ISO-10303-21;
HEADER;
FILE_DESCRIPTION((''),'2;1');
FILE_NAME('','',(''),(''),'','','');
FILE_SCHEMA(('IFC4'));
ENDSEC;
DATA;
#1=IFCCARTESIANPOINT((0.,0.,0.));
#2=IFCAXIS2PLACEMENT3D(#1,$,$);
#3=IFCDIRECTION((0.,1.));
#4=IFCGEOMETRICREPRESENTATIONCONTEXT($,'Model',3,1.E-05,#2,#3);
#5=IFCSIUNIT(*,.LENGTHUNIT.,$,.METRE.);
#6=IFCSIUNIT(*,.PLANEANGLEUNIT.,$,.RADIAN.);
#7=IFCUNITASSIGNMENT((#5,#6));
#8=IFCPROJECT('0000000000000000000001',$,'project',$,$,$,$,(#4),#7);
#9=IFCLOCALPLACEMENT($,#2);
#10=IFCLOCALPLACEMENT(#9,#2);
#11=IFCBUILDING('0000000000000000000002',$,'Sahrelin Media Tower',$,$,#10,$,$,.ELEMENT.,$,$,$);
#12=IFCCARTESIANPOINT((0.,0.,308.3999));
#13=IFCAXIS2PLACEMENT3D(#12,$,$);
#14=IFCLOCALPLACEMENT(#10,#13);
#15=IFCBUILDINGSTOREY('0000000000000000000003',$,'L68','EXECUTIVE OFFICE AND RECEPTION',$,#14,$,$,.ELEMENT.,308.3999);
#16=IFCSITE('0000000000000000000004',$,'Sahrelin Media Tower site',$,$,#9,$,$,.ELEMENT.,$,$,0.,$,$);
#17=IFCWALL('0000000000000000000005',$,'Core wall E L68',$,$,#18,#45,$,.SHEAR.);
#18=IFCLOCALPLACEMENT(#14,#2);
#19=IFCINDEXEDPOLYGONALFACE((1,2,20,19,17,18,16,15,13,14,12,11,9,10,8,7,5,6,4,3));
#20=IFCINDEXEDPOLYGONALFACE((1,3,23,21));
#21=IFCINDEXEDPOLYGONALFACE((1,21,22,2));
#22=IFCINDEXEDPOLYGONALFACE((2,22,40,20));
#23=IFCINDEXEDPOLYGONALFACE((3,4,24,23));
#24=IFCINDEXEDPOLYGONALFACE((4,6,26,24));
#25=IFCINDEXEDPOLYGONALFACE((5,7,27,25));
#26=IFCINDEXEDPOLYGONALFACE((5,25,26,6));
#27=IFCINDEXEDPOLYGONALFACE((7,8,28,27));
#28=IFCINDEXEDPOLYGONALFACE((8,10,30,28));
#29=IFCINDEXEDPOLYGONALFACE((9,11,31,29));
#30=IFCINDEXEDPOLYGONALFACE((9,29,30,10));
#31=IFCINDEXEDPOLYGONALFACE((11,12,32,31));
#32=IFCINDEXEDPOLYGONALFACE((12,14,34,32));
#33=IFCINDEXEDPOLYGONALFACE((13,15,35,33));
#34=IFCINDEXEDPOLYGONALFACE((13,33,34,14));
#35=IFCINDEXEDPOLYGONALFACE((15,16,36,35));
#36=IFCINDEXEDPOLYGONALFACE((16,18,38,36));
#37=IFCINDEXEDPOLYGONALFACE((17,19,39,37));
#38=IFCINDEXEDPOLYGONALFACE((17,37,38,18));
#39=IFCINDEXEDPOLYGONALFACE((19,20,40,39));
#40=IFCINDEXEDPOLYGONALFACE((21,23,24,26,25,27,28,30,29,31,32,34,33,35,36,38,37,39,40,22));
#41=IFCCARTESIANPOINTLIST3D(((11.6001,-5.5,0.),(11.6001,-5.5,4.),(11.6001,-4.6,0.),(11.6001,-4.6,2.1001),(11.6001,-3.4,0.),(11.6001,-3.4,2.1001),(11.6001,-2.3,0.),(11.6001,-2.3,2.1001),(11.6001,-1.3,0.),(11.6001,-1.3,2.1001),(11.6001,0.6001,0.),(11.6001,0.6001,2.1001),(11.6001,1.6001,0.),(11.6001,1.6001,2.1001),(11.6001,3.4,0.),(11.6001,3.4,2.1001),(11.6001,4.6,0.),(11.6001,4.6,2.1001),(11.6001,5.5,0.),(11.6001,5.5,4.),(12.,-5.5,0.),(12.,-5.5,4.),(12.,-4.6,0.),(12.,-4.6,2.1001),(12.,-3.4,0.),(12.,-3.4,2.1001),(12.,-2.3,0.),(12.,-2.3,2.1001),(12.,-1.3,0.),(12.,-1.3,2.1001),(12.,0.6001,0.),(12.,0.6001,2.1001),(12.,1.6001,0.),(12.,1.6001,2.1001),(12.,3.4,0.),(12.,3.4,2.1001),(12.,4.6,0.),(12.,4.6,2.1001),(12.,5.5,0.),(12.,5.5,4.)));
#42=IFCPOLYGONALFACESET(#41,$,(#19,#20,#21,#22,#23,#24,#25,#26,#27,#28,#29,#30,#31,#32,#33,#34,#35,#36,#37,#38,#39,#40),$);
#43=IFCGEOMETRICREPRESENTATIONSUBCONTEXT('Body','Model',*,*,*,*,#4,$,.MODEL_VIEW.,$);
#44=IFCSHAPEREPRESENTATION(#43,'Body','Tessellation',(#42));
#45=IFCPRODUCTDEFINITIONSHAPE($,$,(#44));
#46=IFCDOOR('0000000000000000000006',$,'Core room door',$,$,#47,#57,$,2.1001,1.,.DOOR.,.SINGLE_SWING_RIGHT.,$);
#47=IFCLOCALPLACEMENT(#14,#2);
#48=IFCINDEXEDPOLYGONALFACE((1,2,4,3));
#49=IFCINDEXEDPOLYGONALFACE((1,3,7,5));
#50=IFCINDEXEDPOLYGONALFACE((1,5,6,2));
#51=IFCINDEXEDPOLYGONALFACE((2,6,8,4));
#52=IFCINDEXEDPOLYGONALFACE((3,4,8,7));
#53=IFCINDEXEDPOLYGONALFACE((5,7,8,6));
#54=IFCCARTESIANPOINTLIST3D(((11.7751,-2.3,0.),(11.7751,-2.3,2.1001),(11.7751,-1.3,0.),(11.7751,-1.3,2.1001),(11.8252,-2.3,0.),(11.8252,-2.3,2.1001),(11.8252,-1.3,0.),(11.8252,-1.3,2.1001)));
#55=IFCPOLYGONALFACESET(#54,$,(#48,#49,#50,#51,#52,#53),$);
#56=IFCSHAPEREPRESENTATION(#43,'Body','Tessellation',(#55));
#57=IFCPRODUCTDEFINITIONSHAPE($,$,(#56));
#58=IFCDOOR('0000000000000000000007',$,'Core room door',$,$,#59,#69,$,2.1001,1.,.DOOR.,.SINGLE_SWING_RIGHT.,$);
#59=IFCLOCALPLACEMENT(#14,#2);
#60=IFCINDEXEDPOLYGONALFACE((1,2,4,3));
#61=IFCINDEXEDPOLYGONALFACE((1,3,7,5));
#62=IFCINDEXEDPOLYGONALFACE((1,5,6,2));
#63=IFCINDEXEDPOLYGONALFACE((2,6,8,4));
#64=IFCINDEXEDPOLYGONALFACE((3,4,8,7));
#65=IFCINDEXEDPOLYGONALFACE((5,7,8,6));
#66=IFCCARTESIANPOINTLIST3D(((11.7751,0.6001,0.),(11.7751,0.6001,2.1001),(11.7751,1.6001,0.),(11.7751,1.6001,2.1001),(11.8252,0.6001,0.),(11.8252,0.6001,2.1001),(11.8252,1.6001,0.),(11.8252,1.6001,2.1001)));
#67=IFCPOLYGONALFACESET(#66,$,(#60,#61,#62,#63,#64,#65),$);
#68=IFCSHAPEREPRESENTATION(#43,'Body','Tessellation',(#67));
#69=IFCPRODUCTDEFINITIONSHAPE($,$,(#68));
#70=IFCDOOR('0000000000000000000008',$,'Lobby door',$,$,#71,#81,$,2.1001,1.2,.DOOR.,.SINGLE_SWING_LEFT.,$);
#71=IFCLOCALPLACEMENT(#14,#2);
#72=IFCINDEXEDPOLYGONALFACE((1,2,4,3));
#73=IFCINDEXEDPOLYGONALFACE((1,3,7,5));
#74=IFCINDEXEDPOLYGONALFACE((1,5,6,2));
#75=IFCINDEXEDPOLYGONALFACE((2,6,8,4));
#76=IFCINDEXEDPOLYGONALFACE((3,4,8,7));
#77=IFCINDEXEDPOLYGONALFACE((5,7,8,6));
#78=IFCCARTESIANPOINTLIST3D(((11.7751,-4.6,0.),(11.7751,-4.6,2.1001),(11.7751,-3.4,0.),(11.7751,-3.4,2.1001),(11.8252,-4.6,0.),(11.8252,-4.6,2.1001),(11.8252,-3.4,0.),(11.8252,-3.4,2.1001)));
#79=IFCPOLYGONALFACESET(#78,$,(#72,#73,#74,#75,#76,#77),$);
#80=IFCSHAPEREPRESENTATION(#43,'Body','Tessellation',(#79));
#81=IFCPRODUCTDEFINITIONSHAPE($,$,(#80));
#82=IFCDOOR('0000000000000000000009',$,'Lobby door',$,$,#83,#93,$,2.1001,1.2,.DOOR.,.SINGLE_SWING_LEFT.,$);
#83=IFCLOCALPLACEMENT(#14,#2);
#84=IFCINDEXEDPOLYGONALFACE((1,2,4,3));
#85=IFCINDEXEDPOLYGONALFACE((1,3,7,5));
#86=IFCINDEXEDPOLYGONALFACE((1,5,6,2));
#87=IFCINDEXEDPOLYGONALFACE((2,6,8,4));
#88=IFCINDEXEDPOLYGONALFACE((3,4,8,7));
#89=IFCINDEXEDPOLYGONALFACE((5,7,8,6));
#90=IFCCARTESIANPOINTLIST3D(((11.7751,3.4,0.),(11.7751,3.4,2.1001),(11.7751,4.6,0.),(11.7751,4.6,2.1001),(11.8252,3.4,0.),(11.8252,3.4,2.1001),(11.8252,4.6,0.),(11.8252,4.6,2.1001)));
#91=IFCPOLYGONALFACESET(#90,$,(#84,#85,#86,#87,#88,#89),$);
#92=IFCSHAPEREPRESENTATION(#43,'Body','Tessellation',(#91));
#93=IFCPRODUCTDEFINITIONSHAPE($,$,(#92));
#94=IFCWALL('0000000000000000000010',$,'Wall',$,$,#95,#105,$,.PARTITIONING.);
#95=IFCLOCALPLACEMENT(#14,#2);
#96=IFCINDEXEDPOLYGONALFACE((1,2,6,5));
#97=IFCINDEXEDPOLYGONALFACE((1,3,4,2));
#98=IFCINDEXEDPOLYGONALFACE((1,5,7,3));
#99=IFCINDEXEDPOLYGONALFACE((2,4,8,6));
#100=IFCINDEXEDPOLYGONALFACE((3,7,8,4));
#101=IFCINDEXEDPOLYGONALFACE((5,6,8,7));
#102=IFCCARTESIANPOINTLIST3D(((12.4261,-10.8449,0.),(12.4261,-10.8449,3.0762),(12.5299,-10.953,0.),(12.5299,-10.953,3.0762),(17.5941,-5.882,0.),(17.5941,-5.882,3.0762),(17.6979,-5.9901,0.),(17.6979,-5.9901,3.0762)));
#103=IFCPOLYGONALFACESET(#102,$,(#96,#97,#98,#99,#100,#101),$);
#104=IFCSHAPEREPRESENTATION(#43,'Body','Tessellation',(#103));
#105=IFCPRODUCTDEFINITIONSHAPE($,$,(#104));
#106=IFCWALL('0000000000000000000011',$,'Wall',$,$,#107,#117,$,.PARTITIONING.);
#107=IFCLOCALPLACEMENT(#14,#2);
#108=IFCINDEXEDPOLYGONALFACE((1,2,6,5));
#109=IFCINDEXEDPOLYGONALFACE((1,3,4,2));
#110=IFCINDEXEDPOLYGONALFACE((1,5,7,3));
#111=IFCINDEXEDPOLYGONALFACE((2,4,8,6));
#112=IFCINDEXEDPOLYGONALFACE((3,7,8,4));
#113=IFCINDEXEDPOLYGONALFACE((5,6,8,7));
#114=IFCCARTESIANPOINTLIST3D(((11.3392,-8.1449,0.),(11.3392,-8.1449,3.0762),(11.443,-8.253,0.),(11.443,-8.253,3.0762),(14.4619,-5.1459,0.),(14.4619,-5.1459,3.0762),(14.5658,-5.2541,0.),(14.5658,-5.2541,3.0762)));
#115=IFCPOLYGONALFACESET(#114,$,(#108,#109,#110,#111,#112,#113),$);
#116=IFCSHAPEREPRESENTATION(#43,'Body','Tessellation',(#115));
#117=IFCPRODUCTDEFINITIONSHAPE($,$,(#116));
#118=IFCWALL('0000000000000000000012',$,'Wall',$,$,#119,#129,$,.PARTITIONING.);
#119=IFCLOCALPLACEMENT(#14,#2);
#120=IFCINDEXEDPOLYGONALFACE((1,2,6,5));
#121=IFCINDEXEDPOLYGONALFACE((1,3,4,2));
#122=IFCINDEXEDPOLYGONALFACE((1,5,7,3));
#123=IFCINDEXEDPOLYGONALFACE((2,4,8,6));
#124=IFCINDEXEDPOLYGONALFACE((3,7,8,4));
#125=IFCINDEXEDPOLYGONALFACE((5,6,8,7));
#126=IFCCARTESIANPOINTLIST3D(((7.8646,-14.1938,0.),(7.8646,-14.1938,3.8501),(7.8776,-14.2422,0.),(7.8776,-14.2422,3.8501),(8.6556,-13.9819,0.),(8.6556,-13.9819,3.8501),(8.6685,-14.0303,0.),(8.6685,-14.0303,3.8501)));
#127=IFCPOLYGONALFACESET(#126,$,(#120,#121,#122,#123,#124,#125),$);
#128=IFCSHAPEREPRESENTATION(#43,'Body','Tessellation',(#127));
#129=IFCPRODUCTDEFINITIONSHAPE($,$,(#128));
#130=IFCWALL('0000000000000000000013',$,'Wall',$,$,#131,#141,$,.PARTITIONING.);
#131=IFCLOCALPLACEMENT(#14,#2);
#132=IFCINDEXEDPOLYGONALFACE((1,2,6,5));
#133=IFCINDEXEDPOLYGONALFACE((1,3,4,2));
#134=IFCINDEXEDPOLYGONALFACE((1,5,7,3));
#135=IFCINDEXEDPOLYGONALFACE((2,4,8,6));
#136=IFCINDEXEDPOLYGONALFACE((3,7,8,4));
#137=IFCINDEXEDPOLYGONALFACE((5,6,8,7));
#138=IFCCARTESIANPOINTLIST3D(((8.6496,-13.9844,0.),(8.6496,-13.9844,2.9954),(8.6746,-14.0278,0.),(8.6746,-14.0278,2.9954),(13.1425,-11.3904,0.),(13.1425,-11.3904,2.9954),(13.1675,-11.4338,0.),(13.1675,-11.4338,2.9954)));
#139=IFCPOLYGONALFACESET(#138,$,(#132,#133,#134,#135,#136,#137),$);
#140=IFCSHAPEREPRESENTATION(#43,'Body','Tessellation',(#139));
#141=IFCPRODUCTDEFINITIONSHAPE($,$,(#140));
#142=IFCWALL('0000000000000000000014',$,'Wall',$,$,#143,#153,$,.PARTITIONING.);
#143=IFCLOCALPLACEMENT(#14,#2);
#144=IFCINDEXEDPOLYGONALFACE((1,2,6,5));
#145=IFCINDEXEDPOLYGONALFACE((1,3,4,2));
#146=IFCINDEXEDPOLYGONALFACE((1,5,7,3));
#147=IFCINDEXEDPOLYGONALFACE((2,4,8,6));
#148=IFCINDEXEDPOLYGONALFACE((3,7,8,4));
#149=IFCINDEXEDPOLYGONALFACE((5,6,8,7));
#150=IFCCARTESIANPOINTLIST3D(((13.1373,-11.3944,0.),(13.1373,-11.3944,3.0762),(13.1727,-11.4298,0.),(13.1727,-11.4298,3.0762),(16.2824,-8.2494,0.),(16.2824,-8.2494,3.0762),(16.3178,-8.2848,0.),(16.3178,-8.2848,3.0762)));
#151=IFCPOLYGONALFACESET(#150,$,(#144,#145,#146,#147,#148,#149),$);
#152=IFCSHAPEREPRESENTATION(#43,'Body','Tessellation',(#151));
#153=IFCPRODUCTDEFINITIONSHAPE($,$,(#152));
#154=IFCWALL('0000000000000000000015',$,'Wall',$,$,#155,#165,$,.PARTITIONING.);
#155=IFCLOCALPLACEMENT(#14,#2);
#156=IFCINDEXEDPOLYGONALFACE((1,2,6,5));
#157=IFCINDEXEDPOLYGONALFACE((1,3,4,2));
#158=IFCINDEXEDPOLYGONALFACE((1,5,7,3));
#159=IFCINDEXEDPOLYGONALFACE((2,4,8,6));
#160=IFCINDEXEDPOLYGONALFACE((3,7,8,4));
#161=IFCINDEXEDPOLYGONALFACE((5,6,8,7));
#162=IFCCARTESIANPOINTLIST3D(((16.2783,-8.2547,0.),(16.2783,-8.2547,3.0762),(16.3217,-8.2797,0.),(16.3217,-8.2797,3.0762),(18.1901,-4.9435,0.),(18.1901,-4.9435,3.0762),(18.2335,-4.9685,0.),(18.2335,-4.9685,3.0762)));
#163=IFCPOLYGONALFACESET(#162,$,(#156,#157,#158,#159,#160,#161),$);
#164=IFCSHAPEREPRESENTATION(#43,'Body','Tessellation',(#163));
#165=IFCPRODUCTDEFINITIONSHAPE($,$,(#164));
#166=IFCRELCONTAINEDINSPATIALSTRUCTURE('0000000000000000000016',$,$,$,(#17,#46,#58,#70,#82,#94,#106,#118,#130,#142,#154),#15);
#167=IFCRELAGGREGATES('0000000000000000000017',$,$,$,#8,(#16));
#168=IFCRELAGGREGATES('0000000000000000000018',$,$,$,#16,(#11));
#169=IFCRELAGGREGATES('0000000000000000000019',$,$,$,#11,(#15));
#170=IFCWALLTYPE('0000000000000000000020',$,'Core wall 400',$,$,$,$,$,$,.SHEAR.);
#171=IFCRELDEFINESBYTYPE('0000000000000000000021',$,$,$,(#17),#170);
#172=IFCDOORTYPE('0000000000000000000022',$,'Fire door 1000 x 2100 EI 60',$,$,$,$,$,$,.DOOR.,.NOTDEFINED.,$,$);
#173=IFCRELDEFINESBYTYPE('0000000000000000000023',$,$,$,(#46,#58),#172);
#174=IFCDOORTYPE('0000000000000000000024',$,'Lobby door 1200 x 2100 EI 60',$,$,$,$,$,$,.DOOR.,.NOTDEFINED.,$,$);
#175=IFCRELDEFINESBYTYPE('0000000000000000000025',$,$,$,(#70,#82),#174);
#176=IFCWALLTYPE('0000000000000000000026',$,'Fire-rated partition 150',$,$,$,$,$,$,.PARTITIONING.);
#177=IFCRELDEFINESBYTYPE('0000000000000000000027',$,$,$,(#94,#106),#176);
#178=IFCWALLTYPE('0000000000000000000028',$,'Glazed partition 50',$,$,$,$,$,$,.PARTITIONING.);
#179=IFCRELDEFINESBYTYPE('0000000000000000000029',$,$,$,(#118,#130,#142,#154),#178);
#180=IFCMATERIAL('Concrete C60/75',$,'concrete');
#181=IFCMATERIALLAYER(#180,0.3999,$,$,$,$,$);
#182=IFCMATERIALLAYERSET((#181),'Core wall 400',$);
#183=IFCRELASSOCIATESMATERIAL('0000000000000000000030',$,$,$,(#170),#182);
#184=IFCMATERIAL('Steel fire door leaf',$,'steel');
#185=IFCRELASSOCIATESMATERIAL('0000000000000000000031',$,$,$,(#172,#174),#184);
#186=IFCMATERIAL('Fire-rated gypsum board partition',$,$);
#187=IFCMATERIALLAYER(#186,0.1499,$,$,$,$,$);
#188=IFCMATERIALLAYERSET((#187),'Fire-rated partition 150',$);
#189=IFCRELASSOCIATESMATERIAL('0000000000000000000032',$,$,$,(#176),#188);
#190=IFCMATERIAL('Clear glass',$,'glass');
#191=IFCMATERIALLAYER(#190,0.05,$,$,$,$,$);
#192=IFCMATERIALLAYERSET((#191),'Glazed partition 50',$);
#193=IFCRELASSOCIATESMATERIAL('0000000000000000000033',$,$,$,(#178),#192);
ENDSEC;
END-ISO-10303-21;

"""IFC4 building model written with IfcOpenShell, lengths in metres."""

from ifc_helpers import new_model, si_unit, direction, frame, frame_2d, origin, place, context, subcontext, project, spatial, rectangle, extrude, material, layer, layer_set, type_object, element, fill, save


model = new_model("IFC4")

# Units and contexts
model_context = context("Model", 3, precision=1e-05, world=origin(), true_north=direction((0.0, 1.0)))
body_context = subcontext(model_context, "Body", "Model", "MODEL_VIEW")
ifc_project = project(units=[si_unit("LENGTHUNIT", "METRE"), si_unit("PLANEANGLEUNIT", "RADIAN")], contexts=[model_context])

# Site, building, storey
site_placement = place(None, origin())
site = spatial("IfcSite", under=ifc_project, at=site_placement, Name="Sahrelin Media Tower site", CompositionType="ELEMENT", RefElevation=0.0)
building_placement = place(site_placement, origin())
building = spatial("IfcBuilding", under=site, at=building_placement, Name="Sahrelin Media Tower", CompositionType="ELEMENT")
storey_placement = place(building_placement, frame((0.0, 0.0, 308.3999)))
storey = spatial("IfcBuildingStorey", under=building, at=storey_placement, Name="L68", Description="EXECUTIVE OFFICE AND RECEPTION", CompositionType="ELEMENT", Elevation=308.3999)

# Wall, openings, doors
ifc_material_1 = material(Name="Concrete C60/75", Category="concrete")
ifc_layer_1 = layer(ifc_material_1, 0.3999)
ifc_layer_set_1 = layer_set([ifc_layer_1], Name="Core wall 400")
wall_type_1 = type_object("IfcWallType", Name="Core wall 400", PredefinedType="SHEAR", material=ifc_layer_set_1)
wall_1_placement = place(storey_placement, frame((11.8, -5.5, 0.0), z_axis=(0.0, 0.0, 1.0), x_axis=(0.0, 1.0, 0.0)))
wall_1 = element("IfcWall", 1, at=wall_1_placement, inside=storey, type_object=wall_type_1, Name="Core wall E L68", PredefinedType="SHEAR", context=body_context, shape_type="SweptSolid", body=[
    extrude(rectangle(XDim=11.0, YDim=0.3999, at=frame_2d((5.5, 0.0))), origin(), (0.0, 0.0, 1.0), 4.0),
])
opening_1_placement = place(wall_1_placement, frame((3.2, 0.0, 0.0)))
opening_1 = element("IfcOpeningElement", 2, at=opening_1_placement, cuts=wall_1, PredefinedType="OPENING", context=body_context, shape_type="SweptSolid", body=[
    extrude(rectangle(XDim=1.0, YDim=2.1001, at=frame_2d((0.5, 1.05))), frame((0.0, 0.2, 0.0), z_axis=(0.0, -1.0, 0.0), x_axis=(1.0, 0.0, 0.0)), (0.0, 0.0, 1.0), 0.3999),
])
opening_2_placement = place(wall_1_placement, frame((6.1001, 0.0, 0.0)))
opening_2 = element("IfcOpeningElement", 3, at=opening_2_placement, cuts=wall_1, PredefinedType="OPENING", context=body_context, shape_type="SweptSolid", body=[
    extrude(rectangle(XDim=1.0, YDim=2.1001, at=frame_2d((0.5, 1.05))), frame((0.0, 0.2, 0.0), z_axis=(0.0, -1.0, 0.0), x_axis=(1.0, 0.0, 0.0)), (0.0, 0.0, 1.0), 0.3999),
])
opening_3_placement = place(wall_1_placement, frame((0.8999, 0.0, 0.0)))
opening_3 = element("IfcOpeningElement", 4, at=opening_3_placement, cuts=wall_1, PredefinedType="OPENING", context=body_context, shape_type="SweptSolid", body=[
    extrude(rectangle(XDim=1.2, YDim=2.1001, at=frame_2d((0.6001, 1.05))), frame((0.0, 0.2, 0.0), z_axis=(0.0, -1.0, 0.0), x_axis=(1.0, 0.0, 0.0)), (0.0, 0.0, 1.0), 0.3999),
])
opening_4_placement = place(wall_1_placement, frame((8.8999, 0.0, 0.0)))
opening_4 = element("IfcOpeningElement", 5, at=opening_4_placement, cuts=wall_1, PredefinedType="OPENING", context=body_context, shape_type="SweptSolid", body=[
    extrude(rectangle(XDim=1.2, YDim=2.1001, at=frame_2d((0.6001, 1.05))), frame((0.0, 0.2, 0.0), z_axis=(0.0, -1.0, 0.0), x_axis=(1.0, 0.0, 0.0)), (0.0, 0.0, 1.0), 0.3999),
])
ifc_material_2 = material(Name="Steel fire door leaf", Category="steel")
door_type_1 = type_object("IfcDoorType", Name="Fire door 1000 x 2100 EI 60", OperationType="NOTDEFINED", PredefinedType="DOOR", material=ifc_material_2)
door_1_placement = place(opening_1_placement, origin())
door_1 = element("IfcDoor", 6, at=door_1_placement, inside=storey, type_object=door_type_1, Name="Core room door", OperationType="SINGLE_SWING_RIGHT", OverallHeight=2.1001, OverallWidth=1.0, PredefinedType="DOOR", context=body_context, shape_type="SweptSolid", body=[
    extrude(rectangle(XDim=1.0, YDim=2.1001, at=frame_2d((0.5, 1.05))), frame((0.0, 0.0249, 0.0), z_axis=(0.0, -1.0, 0.0), x_axis=(1.0, 0.0, 0.0)), (0.0, 0.0, 1.0), 0.05),
])
fill(opening_1, door_1)
door_2_placement = place(opening_2_placement, origin())
door_2 = element("IfcDoor", 7, at=door_2_placement, inside=storey, type_object=door_type_1, Name="Core room door", OperationType="SINGLE_SWING_RIGHT", OverallHeight=2.1001, OverallWidth=1.0, PredefinedType="DOOR", context=body_context, shape_type="SweptSolid", body=[
    extrude(rectangle(XDim=1.0, YDim=2.1001, at=frame_2d((0.5, 1.05))), frame((0.0, 0.0249, 0.0), z_axis=(0.0, -1.0, 0.0), x_axis=(1.0, 0.0, 0.0)), (0.0, 0.0, 1.0), 0.05),
])
fill(opening_2, door_2)
door_type_2 = type_object("IfcDoorType", Name="Lobby door 1200 x 2100 EI 60", OperationType="NOTDEFINED", PredefinedType="DOOR", material=ifc_material_2)
door_3_placement = place(opening_3_placement, origin())
door_3 = element("IfcDoor", 8, at=door_3_placement, inside=storey, type_object=door_type_2, Name="Lobby door", OperationType="SINGLE_SWING_LEFT", OverallHeight=2.1001, OverallWidth=1.2, PredefinedType="DOOR", context=body_context, shape_type="SweptSolid", body=[
    extrude(rectangle(XDim=1.2, YDim=2.1001, at=frame_2d((0.6001, 1.05))), frame((0.0, 0.0249, 0.0), z_axis=(0.0, -1.0, 0.0), x_axis=(1.0, 0.0, 0.0)), (0.0, 0.0, 1.0), 0.05),
])
fill(opening_3, door_3)
door_4_placement = place(opening_4_placement, origin())
door_4 = element("IfcDoor", 9, at=door_4_placement, inside=storey, type_object=door_type_2, Name="Lobby door", OperationType="SINGLE_SWING_LEFT", OverallHeight=2.1001, OverallWidth=1.2, PredefinedType="DOOR", context=body_context, shape_type="SweptSolid", body=[
    extrude(rectangle(XDim=1.2, YDim=2.1001, at=frame_2d((0.6001, 1.05))), frame((0.0, 0.0249, 0.0), z_axis=(0.0, -1.0, 0.0), x_axis=(1.0, 0.0, 0.0)), (0.0, 0.0, 1.0), 0.05),
])
fill(opening_4, door_4)

# Walls
ifc_material_3 = material(Name="Fire-rated gypsum board partition")
ifc_layer_2 = layer(ifc_material_3, 0.1499)
ifc_layer_set_2 = layer_set([ifc_layer_2], Name="Fire-rated partition 150")
wall_type_2 = type_object("IfcWallType", Name="Fire-rated partition 150", PredefinedType="PARTITIONING", material=ifc_layer_set_2)
wall_2_placement = place(storey_placement, frame((12.478, -10.8989, 0.0), z_axis=(0.0, 0.0, 1.0), x_axis=(0.721273, 0.692651, 0.0)))
element("IfcWall", 10, at=wall_2_placement, inside=storey, type_object=wall_type_2, Name="Wall", PredefinedType="PARTITIONING", context=body_context, shape_type="SweptSolid", body=[
    extrude(rectangle(XDim=7.165, YDim=0.1499, at=frame_2d((3.5825, 0.0))), origin(), (0.0, 0.0, 1.0), 3.0762),
])
wall_3_placement = place(storey_placement, frame((11.3911, -8.199, 0.0), z_axis=(0.0, 0.0, 1.0), x_axis=(0.721257, 0.692668, 0.0)))
element("IfcWall", 11, at=wall_3_placement, inside=storey, type_object=wall_type_2, Name="Wall", PredefinedType="PARTITIONING", context=body_context, shape_type="SweptSolid", body=[
    extrude(rectangle(XDim=4.3296, YDim=0.1499, at=frame_2d((2.1648, 0.0))), origin(), (0.0, 0.0, 1.0), 3.0762),
])
ifc_material_4 = material(Name="Clear glass", Category="glass")
ifc_layer_3 = layer(ifc_material_4, 0.05)
ifc_layer_set_3 = layer_set([ifc_layer_3], Name="Glazed partition 50")
wall_type_3 = type_object("IfcWallType", Name="Glazed partition 50", PredefinedType="PARTITIONING", material=ifc_layer_set_3)
wall_4_placement = place(storey_placement, frame((7.8711, -14.218, 0.0), z_axis=(0.0, 0.0, 1.0), x_axis=(0.965937, 0.258776, 0.0)))
element("IfcWall", 12, at=wall_4_placement, inside=storey, type_object=wall_type_3, Name="Wall", PredefinedType="PARTITIONING", context=body_context, shape_type="SweptSolid", body=[
    extrude(rectangle(XDim=0.8188, YDim=0.05, at=frame_2d((0.4094, 0.0))), origin(), (0.0, 0.0, 1.0), 3.8501),
])
wall_5_placement = place(storey_placement, frame((8.6621, -14.0061, 0.0), z_axis=(0.0, 0.0, 1.0), x_axis=(0.866025, 0.500001, 0.0)))
element("IfcWall", 13, at=wall_5_placement, inside=storey, type_object=wall_type_3, Name="Wall", PredefinedType="PARTITIONING", context=body_context, shape_type="SweptSolid", body=[
    extrude(rectangle(XDim=5.188, YDim=0.05, at=frame_2d((2.594, 0.0))), origin(), (0.0, 0.0, 1.0), 2.9954),
])
wall_6_placement = place(storey_placement, frame((13.155, -11.4121, 0.0), z_axis=(0.0, 0.0, 1.0), x_axis=(0.707107, 0.707107, 0.0)))
element("IfcWall", 14, at=wall_6_placement, inside=storey, type_object=wall_type_3, Name="Wall", PredefinedType="PARTITIONING", context=body_context, shape_type="SweptSolid", body=[
    extrude(rectangle(XDim=4.4478, YDim=0.05, at=frame_2d((2.2239, 0.0))), origin(), (0.0, 0.0, 1.0), 3.0762),
])
wall_7_placement = place(storey_placement, frame((16.3, -8.2671, 0.0), z_axis=(0.0, 0.0, 1.0), x_axis=(0.500019, 0.866014, 0.0)))
element("IfcWall", 15, at=wall_7_placement, inside=storey, type_object=wall_type_3, Name="Wall", PredefinedType="PARTITIONING", context=body_context, shape_type="SweptSolid", body=[
    extrude(rectangle(XDim=3.8235, YDim=0.05, at=frame_2d((1.9116, 0.0))), origin(), (0.0, 0.0, 1.0), 3.0762),
])

save(model, "model.ifc")
